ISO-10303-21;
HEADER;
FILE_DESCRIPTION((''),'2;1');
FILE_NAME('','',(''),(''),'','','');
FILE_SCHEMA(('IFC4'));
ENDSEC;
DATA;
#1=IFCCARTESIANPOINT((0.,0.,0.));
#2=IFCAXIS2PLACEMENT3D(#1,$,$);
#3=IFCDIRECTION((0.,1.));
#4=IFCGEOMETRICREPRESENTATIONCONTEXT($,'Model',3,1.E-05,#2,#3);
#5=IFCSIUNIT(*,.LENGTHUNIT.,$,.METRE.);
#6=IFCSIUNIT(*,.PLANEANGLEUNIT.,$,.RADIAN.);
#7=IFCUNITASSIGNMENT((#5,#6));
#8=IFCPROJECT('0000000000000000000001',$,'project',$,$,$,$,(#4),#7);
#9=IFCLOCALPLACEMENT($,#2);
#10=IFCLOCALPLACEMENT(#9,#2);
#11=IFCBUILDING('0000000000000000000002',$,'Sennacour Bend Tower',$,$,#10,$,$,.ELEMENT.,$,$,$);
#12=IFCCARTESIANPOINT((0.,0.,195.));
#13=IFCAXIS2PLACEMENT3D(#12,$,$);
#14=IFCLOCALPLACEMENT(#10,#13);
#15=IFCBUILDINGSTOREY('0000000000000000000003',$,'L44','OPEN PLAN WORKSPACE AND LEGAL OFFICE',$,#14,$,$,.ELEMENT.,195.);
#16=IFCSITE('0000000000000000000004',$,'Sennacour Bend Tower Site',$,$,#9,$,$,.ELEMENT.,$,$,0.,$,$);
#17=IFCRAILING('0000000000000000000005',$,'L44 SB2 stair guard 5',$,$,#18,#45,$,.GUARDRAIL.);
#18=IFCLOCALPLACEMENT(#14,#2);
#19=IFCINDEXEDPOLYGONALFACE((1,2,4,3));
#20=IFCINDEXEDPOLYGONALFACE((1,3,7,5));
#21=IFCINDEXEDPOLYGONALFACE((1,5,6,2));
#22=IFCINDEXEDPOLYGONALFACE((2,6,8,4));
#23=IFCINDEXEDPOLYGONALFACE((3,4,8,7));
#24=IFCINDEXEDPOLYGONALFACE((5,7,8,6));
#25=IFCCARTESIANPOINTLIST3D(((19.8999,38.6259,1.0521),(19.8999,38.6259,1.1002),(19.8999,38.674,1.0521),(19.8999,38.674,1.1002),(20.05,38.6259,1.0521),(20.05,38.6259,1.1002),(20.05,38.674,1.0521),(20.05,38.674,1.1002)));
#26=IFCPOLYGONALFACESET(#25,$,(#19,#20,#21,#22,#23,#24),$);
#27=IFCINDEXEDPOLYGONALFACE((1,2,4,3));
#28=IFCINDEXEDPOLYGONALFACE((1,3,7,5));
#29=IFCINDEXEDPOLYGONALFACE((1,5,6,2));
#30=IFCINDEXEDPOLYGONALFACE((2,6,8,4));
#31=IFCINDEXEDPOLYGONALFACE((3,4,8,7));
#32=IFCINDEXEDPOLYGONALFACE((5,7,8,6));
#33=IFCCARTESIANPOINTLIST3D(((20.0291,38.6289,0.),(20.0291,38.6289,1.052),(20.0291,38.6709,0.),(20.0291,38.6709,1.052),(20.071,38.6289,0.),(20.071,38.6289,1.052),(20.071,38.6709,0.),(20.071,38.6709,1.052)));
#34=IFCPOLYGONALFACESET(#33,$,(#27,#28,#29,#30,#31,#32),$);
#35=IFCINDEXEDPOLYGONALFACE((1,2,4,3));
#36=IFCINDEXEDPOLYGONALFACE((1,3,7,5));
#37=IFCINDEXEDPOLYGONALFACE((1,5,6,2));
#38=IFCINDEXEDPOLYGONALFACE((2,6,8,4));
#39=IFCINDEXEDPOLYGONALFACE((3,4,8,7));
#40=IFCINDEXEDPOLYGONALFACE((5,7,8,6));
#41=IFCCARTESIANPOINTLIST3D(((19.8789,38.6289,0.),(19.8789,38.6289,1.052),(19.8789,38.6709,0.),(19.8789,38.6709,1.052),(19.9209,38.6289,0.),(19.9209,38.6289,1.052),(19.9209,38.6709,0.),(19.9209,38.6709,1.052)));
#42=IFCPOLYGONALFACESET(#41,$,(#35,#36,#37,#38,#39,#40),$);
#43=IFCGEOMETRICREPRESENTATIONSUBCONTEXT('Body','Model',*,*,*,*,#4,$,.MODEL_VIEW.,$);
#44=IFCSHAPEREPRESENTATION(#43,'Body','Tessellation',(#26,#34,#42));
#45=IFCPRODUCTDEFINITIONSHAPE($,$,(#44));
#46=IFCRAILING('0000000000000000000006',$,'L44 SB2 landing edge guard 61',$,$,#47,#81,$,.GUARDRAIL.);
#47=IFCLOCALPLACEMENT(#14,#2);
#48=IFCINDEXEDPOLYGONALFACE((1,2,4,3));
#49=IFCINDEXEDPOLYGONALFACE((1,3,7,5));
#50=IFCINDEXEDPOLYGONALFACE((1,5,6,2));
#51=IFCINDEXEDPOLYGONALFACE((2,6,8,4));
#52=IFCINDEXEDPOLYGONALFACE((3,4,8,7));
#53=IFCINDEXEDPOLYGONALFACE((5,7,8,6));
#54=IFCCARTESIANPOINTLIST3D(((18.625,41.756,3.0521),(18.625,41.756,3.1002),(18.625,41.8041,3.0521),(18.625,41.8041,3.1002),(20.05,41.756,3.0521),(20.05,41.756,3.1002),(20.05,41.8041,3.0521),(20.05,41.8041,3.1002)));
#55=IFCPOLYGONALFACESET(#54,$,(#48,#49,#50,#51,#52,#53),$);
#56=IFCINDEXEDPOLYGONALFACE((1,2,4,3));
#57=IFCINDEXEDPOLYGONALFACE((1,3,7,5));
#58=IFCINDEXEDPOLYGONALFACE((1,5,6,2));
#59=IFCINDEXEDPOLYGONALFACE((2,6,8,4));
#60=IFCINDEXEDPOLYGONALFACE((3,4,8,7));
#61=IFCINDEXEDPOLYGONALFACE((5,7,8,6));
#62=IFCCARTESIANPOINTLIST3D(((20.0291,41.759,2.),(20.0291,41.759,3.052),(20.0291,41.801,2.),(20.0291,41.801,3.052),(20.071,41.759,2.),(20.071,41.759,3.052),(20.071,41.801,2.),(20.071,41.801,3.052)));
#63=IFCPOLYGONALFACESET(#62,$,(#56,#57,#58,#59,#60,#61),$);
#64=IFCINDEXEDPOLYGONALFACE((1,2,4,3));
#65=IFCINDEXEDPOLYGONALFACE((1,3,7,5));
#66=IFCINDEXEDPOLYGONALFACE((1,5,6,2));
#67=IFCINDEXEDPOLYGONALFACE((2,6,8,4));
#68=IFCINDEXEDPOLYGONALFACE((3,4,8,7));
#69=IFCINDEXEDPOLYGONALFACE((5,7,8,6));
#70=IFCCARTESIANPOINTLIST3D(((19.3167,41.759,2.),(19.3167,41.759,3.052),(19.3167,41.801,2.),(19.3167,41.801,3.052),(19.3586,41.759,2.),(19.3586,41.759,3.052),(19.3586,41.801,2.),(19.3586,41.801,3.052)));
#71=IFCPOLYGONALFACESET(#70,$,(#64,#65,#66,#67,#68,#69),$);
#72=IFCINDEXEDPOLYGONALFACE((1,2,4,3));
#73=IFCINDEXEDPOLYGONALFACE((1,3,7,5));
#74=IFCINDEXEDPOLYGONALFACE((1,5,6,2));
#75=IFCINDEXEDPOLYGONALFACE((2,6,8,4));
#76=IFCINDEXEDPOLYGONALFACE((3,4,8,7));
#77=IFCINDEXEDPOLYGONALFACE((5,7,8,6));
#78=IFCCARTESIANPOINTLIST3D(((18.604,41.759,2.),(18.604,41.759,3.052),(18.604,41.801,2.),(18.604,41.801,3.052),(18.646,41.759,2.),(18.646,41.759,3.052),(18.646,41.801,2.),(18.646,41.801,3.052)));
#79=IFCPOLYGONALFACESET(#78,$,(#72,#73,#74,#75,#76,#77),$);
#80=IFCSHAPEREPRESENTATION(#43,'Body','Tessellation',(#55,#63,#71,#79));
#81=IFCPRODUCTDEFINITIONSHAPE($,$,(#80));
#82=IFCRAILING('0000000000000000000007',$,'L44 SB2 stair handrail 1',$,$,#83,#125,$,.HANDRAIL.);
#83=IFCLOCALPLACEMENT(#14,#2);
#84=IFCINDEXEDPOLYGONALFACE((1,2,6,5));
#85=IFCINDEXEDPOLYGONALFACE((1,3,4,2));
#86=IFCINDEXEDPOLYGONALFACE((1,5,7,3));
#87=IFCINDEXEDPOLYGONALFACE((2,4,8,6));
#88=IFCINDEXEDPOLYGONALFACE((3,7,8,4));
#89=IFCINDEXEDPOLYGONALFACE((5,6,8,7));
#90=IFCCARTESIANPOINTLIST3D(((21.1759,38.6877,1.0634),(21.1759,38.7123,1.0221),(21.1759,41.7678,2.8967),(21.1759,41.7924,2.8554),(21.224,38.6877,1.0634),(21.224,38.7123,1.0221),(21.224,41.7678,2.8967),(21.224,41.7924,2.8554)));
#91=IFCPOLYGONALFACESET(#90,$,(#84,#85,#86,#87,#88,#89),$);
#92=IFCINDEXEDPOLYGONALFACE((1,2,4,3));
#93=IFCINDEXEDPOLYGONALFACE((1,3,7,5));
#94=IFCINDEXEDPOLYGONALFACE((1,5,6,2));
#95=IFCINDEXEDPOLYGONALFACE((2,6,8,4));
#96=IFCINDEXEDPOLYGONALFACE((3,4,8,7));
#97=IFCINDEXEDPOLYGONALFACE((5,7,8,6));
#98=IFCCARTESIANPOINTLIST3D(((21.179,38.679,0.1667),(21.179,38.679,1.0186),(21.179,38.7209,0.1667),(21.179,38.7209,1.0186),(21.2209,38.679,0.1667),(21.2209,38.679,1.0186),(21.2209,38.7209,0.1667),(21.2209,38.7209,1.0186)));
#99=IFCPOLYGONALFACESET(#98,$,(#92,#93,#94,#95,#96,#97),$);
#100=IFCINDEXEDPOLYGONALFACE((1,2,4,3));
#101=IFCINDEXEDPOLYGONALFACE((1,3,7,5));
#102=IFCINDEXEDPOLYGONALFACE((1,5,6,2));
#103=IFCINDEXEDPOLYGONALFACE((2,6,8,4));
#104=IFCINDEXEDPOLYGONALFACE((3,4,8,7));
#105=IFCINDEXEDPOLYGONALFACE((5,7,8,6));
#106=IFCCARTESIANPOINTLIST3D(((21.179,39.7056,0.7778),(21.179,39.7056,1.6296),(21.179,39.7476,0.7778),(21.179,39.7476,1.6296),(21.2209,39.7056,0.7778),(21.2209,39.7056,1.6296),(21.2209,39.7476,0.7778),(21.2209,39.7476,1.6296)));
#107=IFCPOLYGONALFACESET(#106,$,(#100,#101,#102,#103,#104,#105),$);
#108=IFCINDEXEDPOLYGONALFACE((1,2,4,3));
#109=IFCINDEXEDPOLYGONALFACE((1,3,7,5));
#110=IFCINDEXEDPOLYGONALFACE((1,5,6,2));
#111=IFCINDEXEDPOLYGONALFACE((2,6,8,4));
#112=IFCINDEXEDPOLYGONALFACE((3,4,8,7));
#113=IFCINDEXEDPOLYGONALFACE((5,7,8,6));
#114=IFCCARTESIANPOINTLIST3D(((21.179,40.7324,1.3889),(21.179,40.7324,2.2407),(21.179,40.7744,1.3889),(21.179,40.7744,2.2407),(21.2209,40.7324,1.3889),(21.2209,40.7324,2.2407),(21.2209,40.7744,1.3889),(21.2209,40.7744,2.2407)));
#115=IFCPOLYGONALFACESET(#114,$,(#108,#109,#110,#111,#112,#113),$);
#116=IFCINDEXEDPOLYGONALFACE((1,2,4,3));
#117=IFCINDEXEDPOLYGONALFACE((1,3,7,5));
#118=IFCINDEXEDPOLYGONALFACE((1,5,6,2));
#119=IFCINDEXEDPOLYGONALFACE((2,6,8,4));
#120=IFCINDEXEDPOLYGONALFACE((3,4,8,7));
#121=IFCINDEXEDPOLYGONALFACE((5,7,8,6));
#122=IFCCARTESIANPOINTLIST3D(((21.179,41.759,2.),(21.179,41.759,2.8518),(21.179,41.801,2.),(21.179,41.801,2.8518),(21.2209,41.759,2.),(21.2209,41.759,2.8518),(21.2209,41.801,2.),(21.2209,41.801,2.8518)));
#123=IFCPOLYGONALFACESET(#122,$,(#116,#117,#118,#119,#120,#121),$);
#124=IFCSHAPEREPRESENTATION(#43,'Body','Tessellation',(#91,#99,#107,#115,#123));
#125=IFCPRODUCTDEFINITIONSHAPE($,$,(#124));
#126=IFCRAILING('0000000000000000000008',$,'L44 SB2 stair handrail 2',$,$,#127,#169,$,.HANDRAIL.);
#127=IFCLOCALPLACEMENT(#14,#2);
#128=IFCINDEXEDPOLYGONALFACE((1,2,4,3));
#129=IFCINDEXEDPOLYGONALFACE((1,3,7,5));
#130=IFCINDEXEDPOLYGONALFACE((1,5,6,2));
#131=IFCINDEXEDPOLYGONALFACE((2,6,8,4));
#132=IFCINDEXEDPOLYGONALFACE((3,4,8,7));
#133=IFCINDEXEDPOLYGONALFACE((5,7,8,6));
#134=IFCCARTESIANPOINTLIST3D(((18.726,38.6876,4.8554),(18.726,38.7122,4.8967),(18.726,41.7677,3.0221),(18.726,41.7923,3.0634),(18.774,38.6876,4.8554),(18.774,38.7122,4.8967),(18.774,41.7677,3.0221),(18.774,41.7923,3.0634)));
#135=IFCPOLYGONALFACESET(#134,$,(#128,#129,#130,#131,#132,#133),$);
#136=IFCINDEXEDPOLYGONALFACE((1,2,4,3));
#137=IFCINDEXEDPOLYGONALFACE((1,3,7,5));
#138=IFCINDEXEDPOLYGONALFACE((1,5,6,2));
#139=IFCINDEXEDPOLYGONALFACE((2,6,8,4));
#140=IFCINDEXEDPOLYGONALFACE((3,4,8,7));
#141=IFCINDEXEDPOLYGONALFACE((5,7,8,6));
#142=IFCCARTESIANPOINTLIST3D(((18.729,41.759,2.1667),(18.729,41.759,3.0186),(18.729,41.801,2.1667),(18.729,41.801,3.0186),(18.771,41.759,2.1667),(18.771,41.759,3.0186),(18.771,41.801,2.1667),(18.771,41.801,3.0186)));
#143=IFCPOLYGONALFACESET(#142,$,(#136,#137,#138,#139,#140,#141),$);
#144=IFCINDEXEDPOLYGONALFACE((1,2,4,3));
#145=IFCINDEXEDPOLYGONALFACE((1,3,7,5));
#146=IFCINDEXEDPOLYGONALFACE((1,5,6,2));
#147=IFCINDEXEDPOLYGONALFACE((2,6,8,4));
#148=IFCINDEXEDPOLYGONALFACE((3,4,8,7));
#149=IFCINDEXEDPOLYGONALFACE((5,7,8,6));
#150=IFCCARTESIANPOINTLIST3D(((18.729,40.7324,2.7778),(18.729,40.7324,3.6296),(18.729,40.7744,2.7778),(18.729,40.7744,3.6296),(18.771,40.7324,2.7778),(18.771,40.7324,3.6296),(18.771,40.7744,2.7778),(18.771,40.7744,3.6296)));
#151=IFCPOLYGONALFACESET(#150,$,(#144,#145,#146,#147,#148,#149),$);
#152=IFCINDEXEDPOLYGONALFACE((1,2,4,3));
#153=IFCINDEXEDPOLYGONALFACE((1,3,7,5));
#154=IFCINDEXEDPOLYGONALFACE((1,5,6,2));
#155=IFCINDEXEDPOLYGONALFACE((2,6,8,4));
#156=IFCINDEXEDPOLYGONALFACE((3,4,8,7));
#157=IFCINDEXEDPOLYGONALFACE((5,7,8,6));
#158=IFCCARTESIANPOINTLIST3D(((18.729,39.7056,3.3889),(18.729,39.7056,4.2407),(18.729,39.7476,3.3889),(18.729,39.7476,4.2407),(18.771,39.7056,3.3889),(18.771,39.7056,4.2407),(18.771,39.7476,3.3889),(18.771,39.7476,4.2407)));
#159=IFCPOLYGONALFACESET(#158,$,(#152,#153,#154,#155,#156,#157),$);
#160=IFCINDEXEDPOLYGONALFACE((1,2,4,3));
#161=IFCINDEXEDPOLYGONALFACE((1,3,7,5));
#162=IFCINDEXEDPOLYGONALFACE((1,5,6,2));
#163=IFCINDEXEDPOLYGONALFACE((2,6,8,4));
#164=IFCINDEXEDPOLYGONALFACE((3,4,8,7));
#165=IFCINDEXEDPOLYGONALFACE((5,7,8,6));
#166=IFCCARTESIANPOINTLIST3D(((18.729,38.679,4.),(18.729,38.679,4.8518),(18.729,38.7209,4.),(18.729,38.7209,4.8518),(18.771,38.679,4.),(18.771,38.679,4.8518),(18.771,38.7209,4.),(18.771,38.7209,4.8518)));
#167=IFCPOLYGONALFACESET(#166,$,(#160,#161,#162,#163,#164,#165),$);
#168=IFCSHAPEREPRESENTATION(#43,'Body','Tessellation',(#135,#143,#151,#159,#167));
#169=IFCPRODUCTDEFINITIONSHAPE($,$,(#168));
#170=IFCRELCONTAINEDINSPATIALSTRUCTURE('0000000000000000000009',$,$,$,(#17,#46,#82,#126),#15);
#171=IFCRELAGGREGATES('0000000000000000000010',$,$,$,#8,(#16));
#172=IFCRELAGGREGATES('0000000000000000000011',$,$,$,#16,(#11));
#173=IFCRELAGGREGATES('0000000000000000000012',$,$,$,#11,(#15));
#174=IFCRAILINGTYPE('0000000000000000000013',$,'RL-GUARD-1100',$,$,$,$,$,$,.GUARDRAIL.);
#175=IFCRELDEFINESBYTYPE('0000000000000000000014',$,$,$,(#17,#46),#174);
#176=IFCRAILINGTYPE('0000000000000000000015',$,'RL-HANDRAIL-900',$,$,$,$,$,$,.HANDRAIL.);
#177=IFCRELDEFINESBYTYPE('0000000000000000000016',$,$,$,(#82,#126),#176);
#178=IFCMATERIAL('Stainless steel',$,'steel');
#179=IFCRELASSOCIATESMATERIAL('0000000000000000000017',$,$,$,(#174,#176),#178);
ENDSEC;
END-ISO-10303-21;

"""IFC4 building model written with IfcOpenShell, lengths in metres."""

from ifc_helpers import new_model, si_unit, direction, frame, origin, origin_2d, place, context, subcontext, project, spatial, rectangle, extrude, material, type_object, element, save


model = new_model("IFC4")

# Units and contexts
model_context = context("Model", 3, precision=1e-05, world=origin(), true_north=direction((0.0, 1.0)))
body_context = subcontext(model_context, "Body", "Model", "MODEL_VIEW")
ifc_project = project(units=[si_unit("LENGTHUNIT", "METRE"), si_unit("PLANEANGLEUNIT", "RADIAN")], contexts=[model_context])

# Site, building, storey
site_placement = place(None, origin())
site = spatial("IfcSite", under=ifc_project, at=site_placement, Name="Sennacour Bend Tower Site", CompositionType="ELEMENT", RefElevation=0.0)
building_placement = place(site_placement, origin())
building = spatial("IfcBuilding", under=site, at=building_placement, Name="Sennacour Bend Tower", CompositionType="ELEMENT")
storey_placement = place(building_placement, frame((0.0, 0.0, 195.0)))
storey = spatial("IfcBuildingStorey", under=building, at=storey_placement, Name="L44", Description="OPEN PLAN WORKSPACE AND LEGAL OFFICE", CompositionType="ELEMENT", Elevation=195.0)

# Shared definitions
ifc_material_1 = material(Name="Stainless steel", Category="steel")

# Railings
railing_type_1 = type_object("IfcRailingType", Name="RL-GUARD-1100", PredefinedType="GUARDRAIL", material=ifc_material_1)
railing_1_placement = place(storey_placement, frame((20.05, 38.6499, 0.0)))
element("IfcRailing", 1, at=railing_1_placement, inside=storey, type_object=railing_type_1, Name="L44 SB2 stair guard 5", PredefinedType="GUARDRAIL", context=body_context, shape_type="SweptSolid", body=[
    extrude(rectangle(XDim=0.0481, YDim=0.0481, at=origin_2d()), frame((0.0, 0.0, 1.0762), z_axis=(-1.0, 0.0, 0.0), x_axis=(0.0, -1.0, 0.0)), (0.0, 0.0, 1.0), 0.1501),
    extrude(rectangle(XDim=0.042, YDim=0.042, at=origin_2d()), origin(), (0.0, 0.0, 1.0), 1.052),
    extrude(rectangle(XDim=0.042, YDim=0.042, at=origin_2d()), frame((-0.1501, 0.0, 0.0)), (0.0, 0.0, 1.0), 1.052),
])
railing_2_placement = place(storey_placement, frame((20.05, 41.78, 2.0)))
element("IfcRailing", 2, at=railing_2_placement, inside=storey, type_object=railing_type_1, Name="L44 SB2 landing edge guard 61", PredefinedType="GUARDRAIL", context=body_context, shape_type="SweptSolid", body=[
    extrude(rectangle(XDim=0.0481, YDim=0.0481, at=origin_2d()), frame((0.0, 0.0, 1.0762), z_axis=(-1.0, 0.0, 0.0), x_axis=(0.0, -1.0, 0.0)), (0.0, 0.0, 1.0), 1.425),
    extrude(rectangle(XDim=0.042, YDim=0.042, at=origin_2d()), origin(), (0.0, 0.0, 1.0), 1.052),
    extrude(rectangle(XDim=0.042, YDim=0.042, at=origin_2d()), frame((-0.7124, 0.0, 0.0)), (0.0, 0.0, 1.0), 1.052),
    extrude(rectangle(XDim=0.042, YDim=0.042, at=origin_2d()), frame((-1.425, 0.0, 0.0)), (0.0, 0.0, 1.0), 1.052),
])
railing_type_2 = type_object("IfcRailingType", Name="RL-HANDRAIL-900", PredefinedType="HANDRAIL", material=ifc_material_1)
railing_3_placement = place(storey_placement, frame((21.2, 38.7, 0.1667)))
element("IfcRailing", 3, at=railing_3_placement, inside=storey, type_object=railing_type_2, Name="L44 SB2 stair handrail 1", PredefinedType="HANDRAIL", context=body_context, shape_type="SweptSolid", body=[
    extrude(rectangle(XDim=0.0481, YDim=0.0481, at=origin_2d()), frame((0.0, 0.0, 0.876), z_axis=(0.0, 0.859309, 0.511458), x_axis=(-1.0, 0.0, 0.0)), (0.0, 0.0, 1.0), 3.5845),
    extrude(rectangle(XDim=0.042, YDim=0.042, at=origin_2d()), origin(), (0.0, 0.0, 1.0), 0.8518),
    extrude(rectangle(XDim=0.042, YDim=0.042, at=origin_2d()), frame((0.0, 1.0266, 0.6111)), (0.0, 0.0, 1.0), 0.8518),
    extrude(rectangle(XDim=0.042, YDim=0.042, at=origin_2d()), frame((0.0, 2.0535, 1.2222)), (0.0, 0.0, 1.0), 0.8518),
    extrude(rectangle(XDim=0.042, YDim=0.042, at=origin_2d()), frame((0.0, 3.0801, 1.8333)), (0.0, 0.0, 1.0), 0.8518),
])
railing_4_placement = place(storey_placement, frame((18.75, 41.78, 2.1667)))
element("IfcRailing", 4, at=railing_4_placement, inside=storey, type_object=railing_type_2, Name="L44 SB2 stair handrail 2", PredefinedType="HANDRAIL", context=body_context, shape_type="SweptSolid", body=[
    extrude(rectangle(XDim=0.0481, YDim=0.0481, at=origin_2d()), frame((0.0, 0.0, 0.876), z_axis=(0.0, -0.859309, 0.511458), x_axis=(1.0, 0.0, 0.0)), (0.0, 0.0, 1.0), 3.5845),
    extrude(rectangle(XDim=0.042, YDim=0.042, at=origin_2d()), origin(), (0.0, 0.0, 1.0), 0.8518),
    extrude(rectangle(XDim=0.042, YDim=0.042, at=origin_2d()), frame((0.0, -1.0266, 0.6111)), (0.0, 0.0, 1.0), 0.8518),
    extrude(rectangle(XDim=0.042, YDim=0.042, at=origin_2d()), frame((0.0, -2.0535, 1.2222)), (0.0, 0.0, 1.0), 0.8518),
    extrude(rectangle(XDim=0.042, YDim=0.042, at=origin_2d()), frame((0.0, -3.0801, 1.8333)), (0.0, 0.0, 1.0), 0.8518),
])

save(model, "model.ifc")
